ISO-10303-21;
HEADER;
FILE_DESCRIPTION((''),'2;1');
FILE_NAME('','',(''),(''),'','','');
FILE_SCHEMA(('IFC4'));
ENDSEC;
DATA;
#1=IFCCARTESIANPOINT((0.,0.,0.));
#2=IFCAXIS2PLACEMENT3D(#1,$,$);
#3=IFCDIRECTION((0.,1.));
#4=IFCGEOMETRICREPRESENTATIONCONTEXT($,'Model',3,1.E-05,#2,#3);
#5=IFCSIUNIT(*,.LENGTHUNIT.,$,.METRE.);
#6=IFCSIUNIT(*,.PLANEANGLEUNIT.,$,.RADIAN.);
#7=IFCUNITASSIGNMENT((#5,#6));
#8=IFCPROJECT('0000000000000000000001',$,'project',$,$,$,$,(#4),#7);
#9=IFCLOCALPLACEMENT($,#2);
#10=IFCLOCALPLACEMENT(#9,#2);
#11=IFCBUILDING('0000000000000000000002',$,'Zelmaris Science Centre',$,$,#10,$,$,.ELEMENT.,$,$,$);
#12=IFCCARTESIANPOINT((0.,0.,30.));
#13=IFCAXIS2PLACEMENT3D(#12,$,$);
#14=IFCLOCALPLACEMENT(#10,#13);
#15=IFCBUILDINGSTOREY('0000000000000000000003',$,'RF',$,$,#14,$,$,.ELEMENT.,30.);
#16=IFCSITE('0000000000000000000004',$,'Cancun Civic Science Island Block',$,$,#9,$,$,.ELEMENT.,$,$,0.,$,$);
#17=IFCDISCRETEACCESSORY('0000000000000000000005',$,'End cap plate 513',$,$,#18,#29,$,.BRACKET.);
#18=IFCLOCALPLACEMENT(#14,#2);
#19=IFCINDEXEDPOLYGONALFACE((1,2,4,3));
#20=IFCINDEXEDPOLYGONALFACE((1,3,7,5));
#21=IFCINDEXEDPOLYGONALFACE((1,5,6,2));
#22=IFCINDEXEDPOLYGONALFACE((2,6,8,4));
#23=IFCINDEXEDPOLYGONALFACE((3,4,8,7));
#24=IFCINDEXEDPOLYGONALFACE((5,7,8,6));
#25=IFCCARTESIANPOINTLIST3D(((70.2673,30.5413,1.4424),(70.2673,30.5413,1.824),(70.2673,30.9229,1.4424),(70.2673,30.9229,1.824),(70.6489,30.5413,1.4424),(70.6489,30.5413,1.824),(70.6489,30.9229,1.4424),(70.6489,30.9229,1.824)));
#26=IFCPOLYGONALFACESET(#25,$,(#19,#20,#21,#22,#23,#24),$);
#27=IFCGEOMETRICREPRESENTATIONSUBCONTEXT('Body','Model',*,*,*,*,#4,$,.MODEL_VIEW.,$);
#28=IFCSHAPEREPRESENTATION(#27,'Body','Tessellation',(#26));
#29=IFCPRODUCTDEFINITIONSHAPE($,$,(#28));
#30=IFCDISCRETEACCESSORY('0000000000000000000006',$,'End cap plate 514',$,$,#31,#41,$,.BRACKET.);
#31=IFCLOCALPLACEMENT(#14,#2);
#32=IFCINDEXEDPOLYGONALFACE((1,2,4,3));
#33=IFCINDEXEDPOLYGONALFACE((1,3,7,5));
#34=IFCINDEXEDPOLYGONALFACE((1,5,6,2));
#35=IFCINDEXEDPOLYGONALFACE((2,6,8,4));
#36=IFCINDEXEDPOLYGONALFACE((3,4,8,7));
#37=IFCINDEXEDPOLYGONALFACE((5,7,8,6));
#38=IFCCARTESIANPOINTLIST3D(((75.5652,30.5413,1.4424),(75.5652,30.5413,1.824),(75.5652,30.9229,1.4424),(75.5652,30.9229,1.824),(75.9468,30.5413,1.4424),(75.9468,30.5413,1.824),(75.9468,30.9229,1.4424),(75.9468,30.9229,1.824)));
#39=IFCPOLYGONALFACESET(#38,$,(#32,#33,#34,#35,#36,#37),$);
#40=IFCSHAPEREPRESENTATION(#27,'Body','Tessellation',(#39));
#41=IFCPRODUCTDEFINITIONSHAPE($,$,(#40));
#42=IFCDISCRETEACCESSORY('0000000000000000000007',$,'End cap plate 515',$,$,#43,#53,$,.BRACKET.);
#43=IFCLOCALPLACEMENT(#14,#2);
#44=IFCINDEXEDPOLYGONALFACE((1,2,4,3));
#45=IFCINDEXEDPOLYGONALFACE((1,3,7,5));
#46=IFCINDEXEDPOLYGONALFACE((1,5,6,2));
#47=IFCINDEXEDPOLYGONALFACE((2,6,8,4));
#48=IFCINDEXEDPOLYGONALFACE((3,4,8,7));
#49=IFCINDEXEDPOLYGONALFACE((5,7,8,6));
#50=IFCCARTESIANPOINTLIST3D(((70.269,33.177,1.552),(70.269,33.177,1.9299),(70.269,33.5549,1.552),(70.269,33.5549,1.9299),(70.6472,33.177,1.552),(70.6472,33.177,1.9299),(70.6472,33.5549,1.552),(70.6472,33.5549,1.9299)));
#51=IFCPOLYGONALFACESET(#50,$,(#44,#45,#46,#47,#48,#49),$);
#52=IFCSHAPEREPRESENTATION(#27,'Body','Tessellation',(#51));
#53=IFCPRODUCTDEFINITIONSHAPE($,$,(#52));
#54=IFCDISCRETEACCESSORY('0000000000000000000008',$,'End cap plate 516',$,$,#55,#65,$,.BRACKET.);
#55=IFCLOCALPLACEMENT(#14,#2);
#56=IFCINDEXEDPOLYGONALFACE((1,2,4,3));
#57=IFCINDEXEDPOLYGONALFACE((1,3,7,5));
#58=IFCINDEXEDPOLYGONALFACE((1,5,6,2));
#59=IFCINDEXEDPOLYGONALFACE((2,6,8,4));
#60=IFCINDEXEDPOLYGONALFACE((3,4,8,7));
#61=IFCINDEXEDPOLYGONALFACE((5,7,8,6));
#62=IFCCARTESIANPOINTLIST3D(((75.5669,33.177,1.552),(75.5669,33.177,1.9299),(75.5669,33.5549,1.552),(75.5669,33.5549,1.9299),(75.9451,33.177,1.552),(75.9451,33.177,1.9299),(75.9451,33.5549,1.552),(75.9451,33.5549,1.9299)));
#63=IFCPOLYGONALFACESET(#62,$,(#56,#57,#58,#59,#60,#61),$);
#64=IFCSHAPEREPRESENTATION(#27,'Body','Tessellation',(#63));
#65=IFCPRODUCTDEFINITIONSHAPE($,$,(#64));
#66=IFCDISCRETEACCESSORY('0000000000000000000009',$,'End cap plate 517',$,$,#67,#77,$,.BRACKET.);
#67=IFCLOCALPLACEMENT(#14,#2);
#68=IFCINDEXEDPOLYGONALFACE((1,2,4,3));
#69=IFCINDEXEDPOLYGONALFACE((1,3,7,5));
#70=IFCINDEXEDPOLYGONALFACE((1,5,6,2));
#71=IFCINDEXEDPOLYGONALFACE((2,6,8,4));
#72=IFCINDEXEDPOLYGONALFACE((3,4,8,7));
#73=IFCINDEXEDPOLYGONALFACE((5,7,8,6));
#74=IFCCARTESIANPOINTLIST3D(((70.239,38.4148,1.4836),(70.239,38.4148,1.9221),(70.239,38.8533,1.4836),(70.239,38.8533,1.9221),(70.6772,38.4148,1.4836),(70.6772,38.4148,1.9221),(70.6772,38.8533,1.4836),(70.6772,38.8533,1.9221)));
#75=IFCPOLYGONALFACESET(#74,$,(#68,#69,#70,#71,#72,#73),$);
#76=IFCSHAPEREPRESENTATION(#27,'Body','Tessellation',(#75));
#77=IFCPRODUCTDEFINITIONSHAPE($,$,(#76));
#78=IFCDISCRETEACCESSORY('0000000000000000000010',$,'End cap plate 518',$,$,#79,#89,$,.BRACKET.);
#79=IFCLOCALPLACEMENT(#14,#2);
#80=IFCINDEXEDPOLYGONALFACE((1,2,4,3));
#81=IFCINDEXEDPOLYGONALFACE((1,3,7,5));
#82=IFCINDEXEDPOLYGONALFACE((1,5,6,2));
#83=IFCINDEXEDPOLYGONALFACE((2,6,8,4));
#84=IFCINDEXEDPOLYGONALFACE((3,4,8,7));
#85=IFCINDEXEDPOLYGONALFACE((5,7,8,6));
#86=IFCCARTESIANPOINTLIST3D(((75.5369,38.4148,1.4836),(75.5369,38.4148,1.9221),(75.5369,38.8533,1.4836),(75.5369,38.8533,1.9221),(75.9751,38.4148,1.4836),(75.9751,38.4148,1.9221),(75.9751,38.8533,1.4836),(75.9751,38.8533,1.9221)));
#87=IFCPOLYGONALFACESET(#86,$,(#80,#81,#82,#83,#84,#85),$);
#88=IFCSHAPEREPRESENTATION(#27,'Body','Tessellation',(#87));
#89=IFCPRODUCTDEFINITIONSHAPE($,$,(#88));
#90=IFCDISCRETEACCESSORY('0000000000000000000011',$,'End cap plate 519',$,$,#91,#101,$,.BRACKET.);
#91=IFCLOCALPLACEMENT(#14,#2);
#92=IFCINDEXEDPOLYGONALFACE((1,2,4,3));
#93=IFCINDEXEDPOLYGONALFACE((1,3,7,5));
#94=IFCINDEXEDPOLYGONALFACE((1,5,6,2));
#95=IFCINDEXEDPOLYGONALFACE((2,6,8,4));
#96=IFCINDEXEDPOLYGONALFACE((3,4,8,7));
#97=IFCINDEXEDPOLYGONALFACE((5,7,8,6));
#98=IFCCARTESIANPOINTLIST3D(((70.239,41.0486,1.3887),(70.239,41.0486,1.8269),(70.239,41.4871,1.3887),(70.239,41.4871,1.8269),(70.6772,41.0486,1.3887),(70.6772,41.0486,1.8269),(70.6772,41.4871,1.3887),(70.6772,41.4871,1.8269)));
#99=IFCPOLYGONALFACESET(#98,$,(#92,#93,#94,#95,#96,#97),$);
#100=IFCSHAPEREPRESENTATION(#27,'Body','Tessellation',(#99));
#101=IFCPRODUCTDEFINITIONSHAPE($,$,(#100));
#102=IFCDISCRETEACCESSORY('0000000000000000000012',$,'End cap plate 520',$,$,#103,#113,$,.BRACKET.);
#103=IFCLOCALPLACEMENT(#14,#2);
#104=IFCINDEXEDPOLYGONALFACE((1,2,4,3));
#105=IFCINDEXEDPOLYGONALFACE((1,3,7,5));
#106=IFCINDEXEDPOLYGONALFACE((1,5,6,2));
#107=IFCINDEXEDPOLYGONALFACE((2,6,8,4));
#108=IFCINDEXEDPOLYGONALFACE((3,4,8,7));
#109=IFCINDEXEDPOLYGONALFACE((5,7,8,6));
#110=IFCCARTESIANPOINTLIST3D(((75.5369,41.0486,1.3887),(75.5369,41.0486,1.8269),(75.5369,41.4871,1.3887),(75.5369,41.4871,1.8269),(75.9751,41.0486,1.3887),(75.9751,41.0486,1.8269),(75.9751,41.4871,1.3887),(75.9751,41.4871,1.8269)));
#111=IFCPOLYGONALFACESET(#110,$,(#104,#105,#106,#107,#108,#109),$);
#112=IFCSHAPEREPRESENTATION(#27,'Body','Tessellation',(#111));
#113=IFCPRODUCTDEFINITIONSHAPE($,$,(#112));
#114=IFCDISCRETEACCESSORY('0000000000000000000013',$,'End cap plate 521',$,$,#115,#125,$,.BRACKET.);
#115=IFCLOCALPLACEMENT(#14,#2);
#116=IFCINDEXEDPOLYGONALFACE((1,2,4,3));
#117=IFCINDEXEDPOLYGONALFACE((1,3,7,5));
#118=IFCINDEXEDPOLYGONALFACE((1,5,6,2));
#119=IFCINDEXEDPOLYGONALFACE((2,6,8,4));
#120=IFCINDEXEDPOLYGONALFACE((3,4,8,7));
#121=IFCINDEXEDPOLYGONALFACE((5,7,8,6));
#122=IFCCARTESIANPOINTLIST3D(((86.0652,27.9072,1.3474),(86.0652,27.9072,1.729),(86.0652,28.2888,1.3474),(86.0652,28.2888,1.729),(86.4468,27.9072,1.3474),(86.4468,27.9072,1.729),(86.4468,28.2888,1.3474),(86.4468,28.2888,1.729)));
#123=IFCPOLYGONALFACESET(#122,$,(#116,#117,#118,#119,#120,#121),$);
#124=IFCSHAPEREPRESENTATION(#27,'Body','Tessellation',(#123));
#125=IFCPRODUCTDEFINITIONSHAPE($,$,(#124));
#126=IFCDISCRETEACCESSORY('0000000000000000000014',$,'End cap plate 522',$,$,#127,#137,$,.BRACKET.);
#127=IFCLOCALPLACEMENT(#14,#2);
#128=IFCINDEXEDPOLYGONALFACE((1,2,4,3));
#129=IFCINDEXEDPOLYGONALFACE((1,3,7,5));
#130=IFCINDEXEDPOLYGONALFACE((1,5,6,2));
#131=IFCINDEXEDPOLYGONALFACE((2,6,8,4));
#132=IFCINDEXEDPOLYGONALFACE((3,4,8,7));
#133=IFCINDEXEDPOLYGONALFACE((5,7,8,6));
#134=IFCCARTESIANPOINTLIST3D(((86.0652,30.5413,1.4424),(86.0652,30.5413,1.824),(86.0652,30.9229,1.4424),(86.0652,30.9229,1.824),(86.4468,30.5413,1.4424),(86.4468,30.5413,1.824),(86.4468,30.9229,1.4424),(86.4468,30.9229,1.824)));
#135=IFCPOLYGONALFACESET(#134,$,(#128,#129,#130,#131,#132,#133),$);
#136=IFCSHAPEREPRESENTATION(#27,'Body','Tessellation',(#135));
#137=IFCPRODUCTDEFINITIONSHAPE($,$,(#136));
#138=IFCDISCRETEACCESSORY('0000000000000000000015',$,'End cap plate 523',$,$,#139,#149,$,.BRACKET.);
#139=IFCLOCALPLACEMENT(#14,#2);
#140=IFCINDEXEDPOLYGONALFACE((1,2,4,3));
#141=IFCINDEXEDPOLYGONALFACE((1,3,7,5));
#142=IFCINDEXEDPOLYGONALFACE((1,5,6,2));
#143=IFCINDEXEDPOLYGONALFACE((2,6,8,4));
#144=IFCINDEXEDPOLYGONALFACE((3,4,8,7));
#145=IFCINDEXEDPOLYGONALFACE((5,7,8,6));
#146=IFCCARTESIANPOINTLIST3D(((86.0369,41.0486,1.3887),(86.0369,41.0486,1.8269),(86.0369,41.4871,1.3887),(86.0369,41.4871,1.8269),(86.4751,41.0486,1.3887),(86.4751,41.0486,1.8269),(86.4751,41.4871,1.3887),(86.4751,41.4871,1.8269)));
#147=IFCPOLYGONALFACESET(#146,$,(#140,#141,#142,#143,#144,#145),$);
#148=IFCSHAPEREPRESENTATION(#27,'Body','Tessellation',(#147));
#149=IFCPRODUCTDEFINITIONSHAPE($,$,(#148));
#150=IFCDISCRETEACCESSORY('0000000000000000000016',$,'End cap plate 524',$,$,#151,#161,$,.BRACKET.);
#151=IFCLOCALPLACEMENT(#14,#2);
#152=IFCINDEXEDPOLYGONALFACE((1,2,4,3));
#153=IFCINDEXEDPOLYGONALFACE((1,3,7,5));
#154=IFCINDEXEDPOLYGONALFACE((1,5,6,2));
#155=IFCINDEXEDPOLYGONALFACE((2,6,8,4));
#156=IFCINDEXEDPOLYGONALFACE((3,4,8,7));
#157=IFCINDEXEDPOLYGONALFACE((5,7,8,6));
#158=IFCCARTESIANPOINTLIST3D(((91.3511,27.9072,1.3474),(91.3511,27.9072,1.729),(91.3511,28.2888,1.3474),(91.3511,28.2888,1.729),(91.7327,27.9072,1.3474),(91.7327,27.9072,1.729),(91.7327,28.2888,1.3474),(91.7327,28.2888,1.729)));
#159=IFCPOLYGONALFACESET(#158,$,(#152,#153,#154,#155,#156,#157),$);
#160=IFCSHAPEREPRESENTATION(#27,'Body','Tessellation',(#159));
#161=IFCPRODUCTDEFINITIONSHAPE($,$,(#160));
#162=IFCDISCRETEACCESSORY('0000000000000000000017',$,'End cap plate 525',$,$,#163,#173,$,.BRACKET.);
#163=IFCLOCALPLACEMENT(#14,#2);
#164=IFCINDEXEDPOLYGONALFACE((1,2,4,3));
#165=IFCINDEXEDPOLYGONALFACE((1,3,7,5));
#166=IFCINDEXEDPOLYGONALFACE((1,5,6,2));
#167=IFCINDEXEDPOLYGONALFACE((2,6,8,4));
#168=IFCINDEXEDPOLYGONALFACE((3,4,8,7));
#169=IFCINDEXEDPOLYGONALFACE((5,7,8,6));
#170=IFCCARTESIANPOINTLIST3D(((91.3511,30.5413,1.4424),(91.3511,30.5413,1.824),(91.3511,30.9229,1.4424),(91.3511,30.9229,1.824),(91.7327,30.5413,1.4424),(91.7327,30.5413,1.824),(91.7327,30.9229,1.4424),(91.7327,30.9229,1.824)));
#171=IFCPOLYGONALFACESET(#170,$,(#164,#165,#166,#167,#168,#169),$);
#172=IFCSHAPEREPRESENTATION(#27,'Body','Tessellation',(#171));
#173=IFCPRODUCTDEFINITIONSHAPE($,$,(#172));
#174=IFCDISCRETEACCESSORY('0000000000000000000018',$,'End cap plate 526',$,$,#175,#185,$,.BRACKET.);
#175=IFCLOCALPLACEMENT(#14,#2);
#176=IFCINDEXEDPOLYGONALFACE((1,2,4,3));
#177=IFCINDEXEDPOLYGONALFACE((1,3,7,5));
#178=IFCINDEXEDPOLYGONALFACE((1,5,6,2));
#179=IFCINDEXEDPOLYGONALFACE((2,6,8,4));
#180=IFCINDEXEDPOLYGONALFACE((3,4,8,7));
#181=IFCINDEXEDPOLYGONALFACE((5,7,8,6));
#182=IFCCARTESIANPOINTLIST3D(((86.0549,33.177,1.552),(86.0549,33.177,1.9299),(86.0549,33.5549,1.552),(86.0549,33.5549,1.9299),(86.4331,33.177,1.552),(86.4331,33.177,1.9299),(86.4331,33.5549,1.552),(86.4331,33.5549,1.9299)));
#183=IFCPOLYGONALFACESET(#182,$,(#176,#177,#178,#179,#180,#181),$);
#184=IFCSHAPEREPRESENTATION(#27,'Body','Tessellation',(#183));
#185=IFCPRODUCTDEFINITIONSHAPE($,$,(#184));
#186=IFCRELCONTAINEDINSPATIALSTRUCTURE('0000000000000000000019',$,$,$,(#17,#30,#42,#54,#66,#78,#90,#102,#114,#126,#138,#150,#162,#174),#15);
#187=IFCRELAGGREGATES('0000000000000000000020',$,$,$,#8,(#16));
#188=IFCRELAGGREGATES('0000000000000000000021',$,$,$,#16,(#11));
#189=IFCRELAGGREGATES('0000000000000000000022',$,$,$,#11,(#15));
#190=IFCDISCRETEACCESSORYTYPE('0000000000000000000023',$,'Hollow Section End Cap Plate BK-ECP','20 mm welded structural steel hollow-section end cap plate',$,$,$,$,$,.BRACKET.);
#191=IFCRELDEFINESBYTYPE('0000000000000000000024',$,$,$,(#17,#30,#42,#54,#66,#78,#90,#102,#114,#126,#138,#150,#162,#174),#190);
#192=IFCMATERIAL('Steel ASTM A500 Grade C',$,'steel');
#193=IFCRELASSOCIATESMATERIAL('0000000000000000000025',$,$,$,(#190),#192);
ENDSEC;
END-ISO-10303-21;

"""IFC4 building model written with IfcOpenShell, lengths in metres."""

from ifc_helpers import new_model, si_unit, direction, frame, origin, place, context, subcontext, project, spatial, polyline, outline, extrude, material, type_object, element, save


model = new_model("IFC4")

# Units and contexts
model_context = context("Model", 3, precision=1e-05, world=origin(), true_north=direction((0.0, 1.0)))
body_context = subcontext(model_context, "Body", "Model", "MODEL_VIEW")
ifc_project = project(units=[si_unit("LENGTHUNIT", "METRE"), si_unit("PLANEANGLEUNIT", "RADIAN")], contexts=[model_context])

# Site, building, storey
site_placement = place(None, origin())
site = spatial("IfcSite", under=ifc_project, at=site_placement, Name="Cancun Civic Science Island Block", CompositionType="ELEMENT", RefElevation=0.0)
building_placement = place(site_placement, origin())
building = spatial("IfcBuilding", under=site, at=building_placement, Name="Zelmaris Science Centre", CompositionType="ELEMENT")
storey_placement = place(building_placement, frame((0.0, 0.0, 30.0)))
storey = spatial("IfcBuildingStorey", under=building, at=storey_placement, Name="RF", CompositionType="ELEMENT", Elevation=30.0)

# Discrete accessories
ifc_material = material(Name="Steel ASTM A500 Grade C", Category="steel")
discrete_accessory_type = type_object("IfcDiscreteAccessoryType", Name="Hollow Section End Cap Plate BK-ECP", Description="20 mm welded structural steel hollow-section end cap plate", PredefinedType="BRACKET", material=ifc_material)
discrete_accessory_1_placement = place(storey_placement, frame((0.0, 0.0, 1.4424)))
element("IfcDiscreteAccessory", 1, at=discrete_accessory_1_placement, inside=storey, type_object=discrete_accessory_type, Name="End cap plate 513", PredefinedType="BRACKET", context=body_context, shape_type="SweptSolid", body=[
    extrude(outline(polyline([(70.2673, 30.5413), (70.6489, 30.5413), (70.6489, 30.9229), (70.2673, 30.9229), (70.2673, 30.5413)])), origin(), (0.0, 0.0, 1.0), 0.3816),
])
discrete_accessory_2_placement = place(storey_placement, frame((0.0, 0.0, 1.4424)))
element("IfcDiscreteAccessory", 2, at=discrete_accessory_2_placement, inside=storey, type_object=discrete_accessory_type, Name="End cap plate 514", PredefinedType="BRACKET", context=body_context, shape_type="SweptSolid", body=[
    extrude(outline(polyline([(75.5652, 30.5413), (75.9468, 30.5413), (75.9468, 30.9229), (75.5652, 30.9229), (75.5652, 30.5413)])), origin(), (0.0, 0.0, 1.0), 0.3816),
])
discrete_accessory_3_placement = place(storey_placement, frame((0.0, 0.0, 1.552)))
element("IfcDiscreteAccessory", 3, at=discrete_accessory_3_placement, inside=storey, type_object=discrete_accessory_type, Name="End cap plate 515", PredefinedType="BRACKET", context=body_context, shape_type="SweptSolid", body=[
    extrude(outline(polyline([(70.269, 33.177), (70.6472, 33.177), (70.6472, 33.5549), (70.269, 33.5549), (70.269, 33.177)])), origin(), (0.0, 0.0, 1.0), 0.3779),
])
discrete_accessory_4_placement = place(storey_placement, frame((0.0, 0.0, 1.552)))
element("IfcDiscreteAccessory", 4, at=discrete_accessory_4_placement, inside=storey, type_object=discrete_accessory_type, Name="End cap plate 516", PredefinedType="BRACKET", context=body_context, shape_type="SweptSolid", body=[
    extrude(outline(polyline([(75.5669, 33.177), (75.9451, 33.177), (75.9451, 33.5549), (75.5669, 33.5549), (75.5669, 33.177)])), origin(), (0.0, 0.0, 1.0), 0.3779),
])
discrete_accessory_5_placement = place(storey_placement, frame((0.0, 0.0, 1.4836)))
element("IfcDiscreteAccessory", 5, at=discrete_accessory_5_placement, inside=storey, type_object=discrete_accessory_type, Name="End cap plate 517", PredefinedType="BRACKET", context=body_context, shape_type="SweptSolid", body=[
    extrude(outline(polyline([(70.239, 38.4148), (70.6772, 38.4148), (70.6772, 38.8533), (70.239, 38.8533), (70.239, 38.4148)])), origin(), (0.0, 0.0, 1.0), 0.4385),
])
discrete_accessory_6_placement = place(storey_placement, frame((0.0, 0.0, 1.4836)))
element("IfcDiscreteAccessory", 6, at=discrete_accessory_6_placement, inside=storey, type_object=discrete_accessory_type, Name="End cap plate 518", PredefinedType="BRACKET", context=body_context, shape_type="SweptSolid", body=[
    extrude(outline(polyline([(75.5369, 38.4148), (75.9751, 38.4148), (75.9751, 38.8533), (75.5369, 38.8533), (75.5369, 38.4148)])), origin(), (0.0, 0.0, 1.0), 0.4385),
])
discrete_accessory_7_placement = place(storey_placement, frame((0.0, 0.0, 1.3887)))
element("IfcDiscreteAccessory", 7, at=discrete_accessory_7_placement, inside=storey, type_object=discrete_accessory_type, Name="End cap plate 519", PredefinedType="BRACKET", context=body_context, shape_type="SweptSolid", body=[
    extrude(outline(polyline([(70.239, 41.0486), (70.6772, 41.0486), (70.6772, 41.4871), (70.239, 41.4871), (70.239, 41.0486)])), origin(), (0.0, 0.0, 1.0), 0.4382),
])
discrete_accessory_8_placement = place(storey_placement, frame((0.0, 0.0, 1.3887)))
element("IfcDiscreteAccessory", 8, at=discrete_accessory_8_placement, inside=storey, type_object=discrete_accessory_type, Name="End cap plate 520", PredefinedType="BRACKET", context=body_context, shape_type="SweptSolid", body=[
    extrude(outline(polyline([(75.5369, 41.0486), (75.9751, 41.0486), (75.9751, 41.4871), (75.5369, 41.4871), (75.5369, 41.0486)])), origin(), (0.0, 0.0, 1.0), 0.4382),
])
discrete_accessory_9_placement = place(storey_placement, frame((0.0, 0.0, 1.3474)))
element("IfcDiscreteAccessory", 9, at=discrete_accessory_9_placement, inside=storey, type_object=discrete_accessory_type, Name="End cap plate 521", PredefinedType="BRACKET", context=body_context, shape_type="SweptSolid", body=[
    extrude(outline(polyline([(86.0652, 27.9072), (86.4468, 27.9072), (86.4468, 28.2888), (86.0652, 28.2888), (86.0652, 27.9072)])), origin(), (0.0, 0.0, 1.0), 0.3816),
])
discrete_accessory_10_placement = place(storey_placement, frame((0.0, 0.0, 1.4424)))
element("IfcDiscreteAccessory", 10, at=discrete_accessory_10_placement, inside=storey, type_object=discrete_accessory_type, Name="End cap plate 522", PredefinedType="BRACKET", context=body_context, shape_type="SweptSolid", body=[
    extrude(outline(polyline([(86.0652, 30.5413), (86.4468, 30.5413), (86.4468, 30.9229), (86.0652, 30.9229), (86.0652, 30.5413)])), origin(), (0.0, 0.0, 1.0), 0.3816),
])
discrete_accessory_11_placement = place(storey_placement, frame((0.0, 0.0, 1.3887)))
element("IfcDiscreteAccessory", 11, at=discrete_accessory_11_placement, inside=storey, type_object=discrete_accessory_type, Name="End cap plate 523", PredefinedType="BRACKET", context=body_context, shape_type="SweptSolid", body=[
    extrude(outline(polyline([(86.0369, 41.0486), (86.4751, 41.0486), (86.4751, 41.4871), (86.0369, 41.4871), (86.0369, 41.0486)])), origin(), (0.0, 0.0, 1.0), 0.4382),
])
discrete_accessory_12_placement = place(storey_placement, frame((0.0, 0.0, 1.3474)))
element("IfcDiscreteAccessory", 12, at=discrete_accessory_12_placement, inside=storey, type_object=discrete_accessory_type, Name="End cap plate 524", PredefinedType="BRACKET", context=body_context, shape_type="SweptSolid", body=[
    extrude(outline(polyline([(91.3511, 27.9072), (91.7327, 27.9072), (91.7327, 28.2888), (91.3511, 28.2888), (91.3511, 27.9072)])), origin(), (0.0, 0.0, 1.0), 0.3816),
])
discrete_accessory_13_placement = place(storey_placement, frame((0.0, 0.0, 1.4424)))
element("IfcDiscreteAccessory", 13, at=discrete_accessory_13_placement, inside=storey, type_object=discrete_accessory_type, Name="End cap plate 525", PredefinedType="BRACKET", context=body_context, shape_type="SweptSolid", body=[
    extrude(outline(polyline([(91.3511, 30.5413), (91.7327, 30.5413), (91.7327, 30.9229), (91.3511, 30.9229), (91.3511, 30.5413)])), origin(), (0.0, 0.0, 1.0), 0.3816),
])
discrete_accessory_14_placement = place(storey_placement, frame((0.0, 0.0, 1.552)))
element("IfcDiscreteAccessory", 14, at=discrete_accessory_14_placement, inside=storey, type_object=discrete_accessory_type, Name="End cap plate 526", PredefinedType="BRACKET", context=body_context, shape_type="SweptSolid", body=[
    extrude(outline(polyline([(86.0549, 33.177), (86.4331, 33.177), (86.4331, 33.5549), (86.0549, 33.5549), (86.0549, 33.177)])), origin(), (0.0, 0.0, 1.0), 0.3779),
])

save(model, "model.ifc")
